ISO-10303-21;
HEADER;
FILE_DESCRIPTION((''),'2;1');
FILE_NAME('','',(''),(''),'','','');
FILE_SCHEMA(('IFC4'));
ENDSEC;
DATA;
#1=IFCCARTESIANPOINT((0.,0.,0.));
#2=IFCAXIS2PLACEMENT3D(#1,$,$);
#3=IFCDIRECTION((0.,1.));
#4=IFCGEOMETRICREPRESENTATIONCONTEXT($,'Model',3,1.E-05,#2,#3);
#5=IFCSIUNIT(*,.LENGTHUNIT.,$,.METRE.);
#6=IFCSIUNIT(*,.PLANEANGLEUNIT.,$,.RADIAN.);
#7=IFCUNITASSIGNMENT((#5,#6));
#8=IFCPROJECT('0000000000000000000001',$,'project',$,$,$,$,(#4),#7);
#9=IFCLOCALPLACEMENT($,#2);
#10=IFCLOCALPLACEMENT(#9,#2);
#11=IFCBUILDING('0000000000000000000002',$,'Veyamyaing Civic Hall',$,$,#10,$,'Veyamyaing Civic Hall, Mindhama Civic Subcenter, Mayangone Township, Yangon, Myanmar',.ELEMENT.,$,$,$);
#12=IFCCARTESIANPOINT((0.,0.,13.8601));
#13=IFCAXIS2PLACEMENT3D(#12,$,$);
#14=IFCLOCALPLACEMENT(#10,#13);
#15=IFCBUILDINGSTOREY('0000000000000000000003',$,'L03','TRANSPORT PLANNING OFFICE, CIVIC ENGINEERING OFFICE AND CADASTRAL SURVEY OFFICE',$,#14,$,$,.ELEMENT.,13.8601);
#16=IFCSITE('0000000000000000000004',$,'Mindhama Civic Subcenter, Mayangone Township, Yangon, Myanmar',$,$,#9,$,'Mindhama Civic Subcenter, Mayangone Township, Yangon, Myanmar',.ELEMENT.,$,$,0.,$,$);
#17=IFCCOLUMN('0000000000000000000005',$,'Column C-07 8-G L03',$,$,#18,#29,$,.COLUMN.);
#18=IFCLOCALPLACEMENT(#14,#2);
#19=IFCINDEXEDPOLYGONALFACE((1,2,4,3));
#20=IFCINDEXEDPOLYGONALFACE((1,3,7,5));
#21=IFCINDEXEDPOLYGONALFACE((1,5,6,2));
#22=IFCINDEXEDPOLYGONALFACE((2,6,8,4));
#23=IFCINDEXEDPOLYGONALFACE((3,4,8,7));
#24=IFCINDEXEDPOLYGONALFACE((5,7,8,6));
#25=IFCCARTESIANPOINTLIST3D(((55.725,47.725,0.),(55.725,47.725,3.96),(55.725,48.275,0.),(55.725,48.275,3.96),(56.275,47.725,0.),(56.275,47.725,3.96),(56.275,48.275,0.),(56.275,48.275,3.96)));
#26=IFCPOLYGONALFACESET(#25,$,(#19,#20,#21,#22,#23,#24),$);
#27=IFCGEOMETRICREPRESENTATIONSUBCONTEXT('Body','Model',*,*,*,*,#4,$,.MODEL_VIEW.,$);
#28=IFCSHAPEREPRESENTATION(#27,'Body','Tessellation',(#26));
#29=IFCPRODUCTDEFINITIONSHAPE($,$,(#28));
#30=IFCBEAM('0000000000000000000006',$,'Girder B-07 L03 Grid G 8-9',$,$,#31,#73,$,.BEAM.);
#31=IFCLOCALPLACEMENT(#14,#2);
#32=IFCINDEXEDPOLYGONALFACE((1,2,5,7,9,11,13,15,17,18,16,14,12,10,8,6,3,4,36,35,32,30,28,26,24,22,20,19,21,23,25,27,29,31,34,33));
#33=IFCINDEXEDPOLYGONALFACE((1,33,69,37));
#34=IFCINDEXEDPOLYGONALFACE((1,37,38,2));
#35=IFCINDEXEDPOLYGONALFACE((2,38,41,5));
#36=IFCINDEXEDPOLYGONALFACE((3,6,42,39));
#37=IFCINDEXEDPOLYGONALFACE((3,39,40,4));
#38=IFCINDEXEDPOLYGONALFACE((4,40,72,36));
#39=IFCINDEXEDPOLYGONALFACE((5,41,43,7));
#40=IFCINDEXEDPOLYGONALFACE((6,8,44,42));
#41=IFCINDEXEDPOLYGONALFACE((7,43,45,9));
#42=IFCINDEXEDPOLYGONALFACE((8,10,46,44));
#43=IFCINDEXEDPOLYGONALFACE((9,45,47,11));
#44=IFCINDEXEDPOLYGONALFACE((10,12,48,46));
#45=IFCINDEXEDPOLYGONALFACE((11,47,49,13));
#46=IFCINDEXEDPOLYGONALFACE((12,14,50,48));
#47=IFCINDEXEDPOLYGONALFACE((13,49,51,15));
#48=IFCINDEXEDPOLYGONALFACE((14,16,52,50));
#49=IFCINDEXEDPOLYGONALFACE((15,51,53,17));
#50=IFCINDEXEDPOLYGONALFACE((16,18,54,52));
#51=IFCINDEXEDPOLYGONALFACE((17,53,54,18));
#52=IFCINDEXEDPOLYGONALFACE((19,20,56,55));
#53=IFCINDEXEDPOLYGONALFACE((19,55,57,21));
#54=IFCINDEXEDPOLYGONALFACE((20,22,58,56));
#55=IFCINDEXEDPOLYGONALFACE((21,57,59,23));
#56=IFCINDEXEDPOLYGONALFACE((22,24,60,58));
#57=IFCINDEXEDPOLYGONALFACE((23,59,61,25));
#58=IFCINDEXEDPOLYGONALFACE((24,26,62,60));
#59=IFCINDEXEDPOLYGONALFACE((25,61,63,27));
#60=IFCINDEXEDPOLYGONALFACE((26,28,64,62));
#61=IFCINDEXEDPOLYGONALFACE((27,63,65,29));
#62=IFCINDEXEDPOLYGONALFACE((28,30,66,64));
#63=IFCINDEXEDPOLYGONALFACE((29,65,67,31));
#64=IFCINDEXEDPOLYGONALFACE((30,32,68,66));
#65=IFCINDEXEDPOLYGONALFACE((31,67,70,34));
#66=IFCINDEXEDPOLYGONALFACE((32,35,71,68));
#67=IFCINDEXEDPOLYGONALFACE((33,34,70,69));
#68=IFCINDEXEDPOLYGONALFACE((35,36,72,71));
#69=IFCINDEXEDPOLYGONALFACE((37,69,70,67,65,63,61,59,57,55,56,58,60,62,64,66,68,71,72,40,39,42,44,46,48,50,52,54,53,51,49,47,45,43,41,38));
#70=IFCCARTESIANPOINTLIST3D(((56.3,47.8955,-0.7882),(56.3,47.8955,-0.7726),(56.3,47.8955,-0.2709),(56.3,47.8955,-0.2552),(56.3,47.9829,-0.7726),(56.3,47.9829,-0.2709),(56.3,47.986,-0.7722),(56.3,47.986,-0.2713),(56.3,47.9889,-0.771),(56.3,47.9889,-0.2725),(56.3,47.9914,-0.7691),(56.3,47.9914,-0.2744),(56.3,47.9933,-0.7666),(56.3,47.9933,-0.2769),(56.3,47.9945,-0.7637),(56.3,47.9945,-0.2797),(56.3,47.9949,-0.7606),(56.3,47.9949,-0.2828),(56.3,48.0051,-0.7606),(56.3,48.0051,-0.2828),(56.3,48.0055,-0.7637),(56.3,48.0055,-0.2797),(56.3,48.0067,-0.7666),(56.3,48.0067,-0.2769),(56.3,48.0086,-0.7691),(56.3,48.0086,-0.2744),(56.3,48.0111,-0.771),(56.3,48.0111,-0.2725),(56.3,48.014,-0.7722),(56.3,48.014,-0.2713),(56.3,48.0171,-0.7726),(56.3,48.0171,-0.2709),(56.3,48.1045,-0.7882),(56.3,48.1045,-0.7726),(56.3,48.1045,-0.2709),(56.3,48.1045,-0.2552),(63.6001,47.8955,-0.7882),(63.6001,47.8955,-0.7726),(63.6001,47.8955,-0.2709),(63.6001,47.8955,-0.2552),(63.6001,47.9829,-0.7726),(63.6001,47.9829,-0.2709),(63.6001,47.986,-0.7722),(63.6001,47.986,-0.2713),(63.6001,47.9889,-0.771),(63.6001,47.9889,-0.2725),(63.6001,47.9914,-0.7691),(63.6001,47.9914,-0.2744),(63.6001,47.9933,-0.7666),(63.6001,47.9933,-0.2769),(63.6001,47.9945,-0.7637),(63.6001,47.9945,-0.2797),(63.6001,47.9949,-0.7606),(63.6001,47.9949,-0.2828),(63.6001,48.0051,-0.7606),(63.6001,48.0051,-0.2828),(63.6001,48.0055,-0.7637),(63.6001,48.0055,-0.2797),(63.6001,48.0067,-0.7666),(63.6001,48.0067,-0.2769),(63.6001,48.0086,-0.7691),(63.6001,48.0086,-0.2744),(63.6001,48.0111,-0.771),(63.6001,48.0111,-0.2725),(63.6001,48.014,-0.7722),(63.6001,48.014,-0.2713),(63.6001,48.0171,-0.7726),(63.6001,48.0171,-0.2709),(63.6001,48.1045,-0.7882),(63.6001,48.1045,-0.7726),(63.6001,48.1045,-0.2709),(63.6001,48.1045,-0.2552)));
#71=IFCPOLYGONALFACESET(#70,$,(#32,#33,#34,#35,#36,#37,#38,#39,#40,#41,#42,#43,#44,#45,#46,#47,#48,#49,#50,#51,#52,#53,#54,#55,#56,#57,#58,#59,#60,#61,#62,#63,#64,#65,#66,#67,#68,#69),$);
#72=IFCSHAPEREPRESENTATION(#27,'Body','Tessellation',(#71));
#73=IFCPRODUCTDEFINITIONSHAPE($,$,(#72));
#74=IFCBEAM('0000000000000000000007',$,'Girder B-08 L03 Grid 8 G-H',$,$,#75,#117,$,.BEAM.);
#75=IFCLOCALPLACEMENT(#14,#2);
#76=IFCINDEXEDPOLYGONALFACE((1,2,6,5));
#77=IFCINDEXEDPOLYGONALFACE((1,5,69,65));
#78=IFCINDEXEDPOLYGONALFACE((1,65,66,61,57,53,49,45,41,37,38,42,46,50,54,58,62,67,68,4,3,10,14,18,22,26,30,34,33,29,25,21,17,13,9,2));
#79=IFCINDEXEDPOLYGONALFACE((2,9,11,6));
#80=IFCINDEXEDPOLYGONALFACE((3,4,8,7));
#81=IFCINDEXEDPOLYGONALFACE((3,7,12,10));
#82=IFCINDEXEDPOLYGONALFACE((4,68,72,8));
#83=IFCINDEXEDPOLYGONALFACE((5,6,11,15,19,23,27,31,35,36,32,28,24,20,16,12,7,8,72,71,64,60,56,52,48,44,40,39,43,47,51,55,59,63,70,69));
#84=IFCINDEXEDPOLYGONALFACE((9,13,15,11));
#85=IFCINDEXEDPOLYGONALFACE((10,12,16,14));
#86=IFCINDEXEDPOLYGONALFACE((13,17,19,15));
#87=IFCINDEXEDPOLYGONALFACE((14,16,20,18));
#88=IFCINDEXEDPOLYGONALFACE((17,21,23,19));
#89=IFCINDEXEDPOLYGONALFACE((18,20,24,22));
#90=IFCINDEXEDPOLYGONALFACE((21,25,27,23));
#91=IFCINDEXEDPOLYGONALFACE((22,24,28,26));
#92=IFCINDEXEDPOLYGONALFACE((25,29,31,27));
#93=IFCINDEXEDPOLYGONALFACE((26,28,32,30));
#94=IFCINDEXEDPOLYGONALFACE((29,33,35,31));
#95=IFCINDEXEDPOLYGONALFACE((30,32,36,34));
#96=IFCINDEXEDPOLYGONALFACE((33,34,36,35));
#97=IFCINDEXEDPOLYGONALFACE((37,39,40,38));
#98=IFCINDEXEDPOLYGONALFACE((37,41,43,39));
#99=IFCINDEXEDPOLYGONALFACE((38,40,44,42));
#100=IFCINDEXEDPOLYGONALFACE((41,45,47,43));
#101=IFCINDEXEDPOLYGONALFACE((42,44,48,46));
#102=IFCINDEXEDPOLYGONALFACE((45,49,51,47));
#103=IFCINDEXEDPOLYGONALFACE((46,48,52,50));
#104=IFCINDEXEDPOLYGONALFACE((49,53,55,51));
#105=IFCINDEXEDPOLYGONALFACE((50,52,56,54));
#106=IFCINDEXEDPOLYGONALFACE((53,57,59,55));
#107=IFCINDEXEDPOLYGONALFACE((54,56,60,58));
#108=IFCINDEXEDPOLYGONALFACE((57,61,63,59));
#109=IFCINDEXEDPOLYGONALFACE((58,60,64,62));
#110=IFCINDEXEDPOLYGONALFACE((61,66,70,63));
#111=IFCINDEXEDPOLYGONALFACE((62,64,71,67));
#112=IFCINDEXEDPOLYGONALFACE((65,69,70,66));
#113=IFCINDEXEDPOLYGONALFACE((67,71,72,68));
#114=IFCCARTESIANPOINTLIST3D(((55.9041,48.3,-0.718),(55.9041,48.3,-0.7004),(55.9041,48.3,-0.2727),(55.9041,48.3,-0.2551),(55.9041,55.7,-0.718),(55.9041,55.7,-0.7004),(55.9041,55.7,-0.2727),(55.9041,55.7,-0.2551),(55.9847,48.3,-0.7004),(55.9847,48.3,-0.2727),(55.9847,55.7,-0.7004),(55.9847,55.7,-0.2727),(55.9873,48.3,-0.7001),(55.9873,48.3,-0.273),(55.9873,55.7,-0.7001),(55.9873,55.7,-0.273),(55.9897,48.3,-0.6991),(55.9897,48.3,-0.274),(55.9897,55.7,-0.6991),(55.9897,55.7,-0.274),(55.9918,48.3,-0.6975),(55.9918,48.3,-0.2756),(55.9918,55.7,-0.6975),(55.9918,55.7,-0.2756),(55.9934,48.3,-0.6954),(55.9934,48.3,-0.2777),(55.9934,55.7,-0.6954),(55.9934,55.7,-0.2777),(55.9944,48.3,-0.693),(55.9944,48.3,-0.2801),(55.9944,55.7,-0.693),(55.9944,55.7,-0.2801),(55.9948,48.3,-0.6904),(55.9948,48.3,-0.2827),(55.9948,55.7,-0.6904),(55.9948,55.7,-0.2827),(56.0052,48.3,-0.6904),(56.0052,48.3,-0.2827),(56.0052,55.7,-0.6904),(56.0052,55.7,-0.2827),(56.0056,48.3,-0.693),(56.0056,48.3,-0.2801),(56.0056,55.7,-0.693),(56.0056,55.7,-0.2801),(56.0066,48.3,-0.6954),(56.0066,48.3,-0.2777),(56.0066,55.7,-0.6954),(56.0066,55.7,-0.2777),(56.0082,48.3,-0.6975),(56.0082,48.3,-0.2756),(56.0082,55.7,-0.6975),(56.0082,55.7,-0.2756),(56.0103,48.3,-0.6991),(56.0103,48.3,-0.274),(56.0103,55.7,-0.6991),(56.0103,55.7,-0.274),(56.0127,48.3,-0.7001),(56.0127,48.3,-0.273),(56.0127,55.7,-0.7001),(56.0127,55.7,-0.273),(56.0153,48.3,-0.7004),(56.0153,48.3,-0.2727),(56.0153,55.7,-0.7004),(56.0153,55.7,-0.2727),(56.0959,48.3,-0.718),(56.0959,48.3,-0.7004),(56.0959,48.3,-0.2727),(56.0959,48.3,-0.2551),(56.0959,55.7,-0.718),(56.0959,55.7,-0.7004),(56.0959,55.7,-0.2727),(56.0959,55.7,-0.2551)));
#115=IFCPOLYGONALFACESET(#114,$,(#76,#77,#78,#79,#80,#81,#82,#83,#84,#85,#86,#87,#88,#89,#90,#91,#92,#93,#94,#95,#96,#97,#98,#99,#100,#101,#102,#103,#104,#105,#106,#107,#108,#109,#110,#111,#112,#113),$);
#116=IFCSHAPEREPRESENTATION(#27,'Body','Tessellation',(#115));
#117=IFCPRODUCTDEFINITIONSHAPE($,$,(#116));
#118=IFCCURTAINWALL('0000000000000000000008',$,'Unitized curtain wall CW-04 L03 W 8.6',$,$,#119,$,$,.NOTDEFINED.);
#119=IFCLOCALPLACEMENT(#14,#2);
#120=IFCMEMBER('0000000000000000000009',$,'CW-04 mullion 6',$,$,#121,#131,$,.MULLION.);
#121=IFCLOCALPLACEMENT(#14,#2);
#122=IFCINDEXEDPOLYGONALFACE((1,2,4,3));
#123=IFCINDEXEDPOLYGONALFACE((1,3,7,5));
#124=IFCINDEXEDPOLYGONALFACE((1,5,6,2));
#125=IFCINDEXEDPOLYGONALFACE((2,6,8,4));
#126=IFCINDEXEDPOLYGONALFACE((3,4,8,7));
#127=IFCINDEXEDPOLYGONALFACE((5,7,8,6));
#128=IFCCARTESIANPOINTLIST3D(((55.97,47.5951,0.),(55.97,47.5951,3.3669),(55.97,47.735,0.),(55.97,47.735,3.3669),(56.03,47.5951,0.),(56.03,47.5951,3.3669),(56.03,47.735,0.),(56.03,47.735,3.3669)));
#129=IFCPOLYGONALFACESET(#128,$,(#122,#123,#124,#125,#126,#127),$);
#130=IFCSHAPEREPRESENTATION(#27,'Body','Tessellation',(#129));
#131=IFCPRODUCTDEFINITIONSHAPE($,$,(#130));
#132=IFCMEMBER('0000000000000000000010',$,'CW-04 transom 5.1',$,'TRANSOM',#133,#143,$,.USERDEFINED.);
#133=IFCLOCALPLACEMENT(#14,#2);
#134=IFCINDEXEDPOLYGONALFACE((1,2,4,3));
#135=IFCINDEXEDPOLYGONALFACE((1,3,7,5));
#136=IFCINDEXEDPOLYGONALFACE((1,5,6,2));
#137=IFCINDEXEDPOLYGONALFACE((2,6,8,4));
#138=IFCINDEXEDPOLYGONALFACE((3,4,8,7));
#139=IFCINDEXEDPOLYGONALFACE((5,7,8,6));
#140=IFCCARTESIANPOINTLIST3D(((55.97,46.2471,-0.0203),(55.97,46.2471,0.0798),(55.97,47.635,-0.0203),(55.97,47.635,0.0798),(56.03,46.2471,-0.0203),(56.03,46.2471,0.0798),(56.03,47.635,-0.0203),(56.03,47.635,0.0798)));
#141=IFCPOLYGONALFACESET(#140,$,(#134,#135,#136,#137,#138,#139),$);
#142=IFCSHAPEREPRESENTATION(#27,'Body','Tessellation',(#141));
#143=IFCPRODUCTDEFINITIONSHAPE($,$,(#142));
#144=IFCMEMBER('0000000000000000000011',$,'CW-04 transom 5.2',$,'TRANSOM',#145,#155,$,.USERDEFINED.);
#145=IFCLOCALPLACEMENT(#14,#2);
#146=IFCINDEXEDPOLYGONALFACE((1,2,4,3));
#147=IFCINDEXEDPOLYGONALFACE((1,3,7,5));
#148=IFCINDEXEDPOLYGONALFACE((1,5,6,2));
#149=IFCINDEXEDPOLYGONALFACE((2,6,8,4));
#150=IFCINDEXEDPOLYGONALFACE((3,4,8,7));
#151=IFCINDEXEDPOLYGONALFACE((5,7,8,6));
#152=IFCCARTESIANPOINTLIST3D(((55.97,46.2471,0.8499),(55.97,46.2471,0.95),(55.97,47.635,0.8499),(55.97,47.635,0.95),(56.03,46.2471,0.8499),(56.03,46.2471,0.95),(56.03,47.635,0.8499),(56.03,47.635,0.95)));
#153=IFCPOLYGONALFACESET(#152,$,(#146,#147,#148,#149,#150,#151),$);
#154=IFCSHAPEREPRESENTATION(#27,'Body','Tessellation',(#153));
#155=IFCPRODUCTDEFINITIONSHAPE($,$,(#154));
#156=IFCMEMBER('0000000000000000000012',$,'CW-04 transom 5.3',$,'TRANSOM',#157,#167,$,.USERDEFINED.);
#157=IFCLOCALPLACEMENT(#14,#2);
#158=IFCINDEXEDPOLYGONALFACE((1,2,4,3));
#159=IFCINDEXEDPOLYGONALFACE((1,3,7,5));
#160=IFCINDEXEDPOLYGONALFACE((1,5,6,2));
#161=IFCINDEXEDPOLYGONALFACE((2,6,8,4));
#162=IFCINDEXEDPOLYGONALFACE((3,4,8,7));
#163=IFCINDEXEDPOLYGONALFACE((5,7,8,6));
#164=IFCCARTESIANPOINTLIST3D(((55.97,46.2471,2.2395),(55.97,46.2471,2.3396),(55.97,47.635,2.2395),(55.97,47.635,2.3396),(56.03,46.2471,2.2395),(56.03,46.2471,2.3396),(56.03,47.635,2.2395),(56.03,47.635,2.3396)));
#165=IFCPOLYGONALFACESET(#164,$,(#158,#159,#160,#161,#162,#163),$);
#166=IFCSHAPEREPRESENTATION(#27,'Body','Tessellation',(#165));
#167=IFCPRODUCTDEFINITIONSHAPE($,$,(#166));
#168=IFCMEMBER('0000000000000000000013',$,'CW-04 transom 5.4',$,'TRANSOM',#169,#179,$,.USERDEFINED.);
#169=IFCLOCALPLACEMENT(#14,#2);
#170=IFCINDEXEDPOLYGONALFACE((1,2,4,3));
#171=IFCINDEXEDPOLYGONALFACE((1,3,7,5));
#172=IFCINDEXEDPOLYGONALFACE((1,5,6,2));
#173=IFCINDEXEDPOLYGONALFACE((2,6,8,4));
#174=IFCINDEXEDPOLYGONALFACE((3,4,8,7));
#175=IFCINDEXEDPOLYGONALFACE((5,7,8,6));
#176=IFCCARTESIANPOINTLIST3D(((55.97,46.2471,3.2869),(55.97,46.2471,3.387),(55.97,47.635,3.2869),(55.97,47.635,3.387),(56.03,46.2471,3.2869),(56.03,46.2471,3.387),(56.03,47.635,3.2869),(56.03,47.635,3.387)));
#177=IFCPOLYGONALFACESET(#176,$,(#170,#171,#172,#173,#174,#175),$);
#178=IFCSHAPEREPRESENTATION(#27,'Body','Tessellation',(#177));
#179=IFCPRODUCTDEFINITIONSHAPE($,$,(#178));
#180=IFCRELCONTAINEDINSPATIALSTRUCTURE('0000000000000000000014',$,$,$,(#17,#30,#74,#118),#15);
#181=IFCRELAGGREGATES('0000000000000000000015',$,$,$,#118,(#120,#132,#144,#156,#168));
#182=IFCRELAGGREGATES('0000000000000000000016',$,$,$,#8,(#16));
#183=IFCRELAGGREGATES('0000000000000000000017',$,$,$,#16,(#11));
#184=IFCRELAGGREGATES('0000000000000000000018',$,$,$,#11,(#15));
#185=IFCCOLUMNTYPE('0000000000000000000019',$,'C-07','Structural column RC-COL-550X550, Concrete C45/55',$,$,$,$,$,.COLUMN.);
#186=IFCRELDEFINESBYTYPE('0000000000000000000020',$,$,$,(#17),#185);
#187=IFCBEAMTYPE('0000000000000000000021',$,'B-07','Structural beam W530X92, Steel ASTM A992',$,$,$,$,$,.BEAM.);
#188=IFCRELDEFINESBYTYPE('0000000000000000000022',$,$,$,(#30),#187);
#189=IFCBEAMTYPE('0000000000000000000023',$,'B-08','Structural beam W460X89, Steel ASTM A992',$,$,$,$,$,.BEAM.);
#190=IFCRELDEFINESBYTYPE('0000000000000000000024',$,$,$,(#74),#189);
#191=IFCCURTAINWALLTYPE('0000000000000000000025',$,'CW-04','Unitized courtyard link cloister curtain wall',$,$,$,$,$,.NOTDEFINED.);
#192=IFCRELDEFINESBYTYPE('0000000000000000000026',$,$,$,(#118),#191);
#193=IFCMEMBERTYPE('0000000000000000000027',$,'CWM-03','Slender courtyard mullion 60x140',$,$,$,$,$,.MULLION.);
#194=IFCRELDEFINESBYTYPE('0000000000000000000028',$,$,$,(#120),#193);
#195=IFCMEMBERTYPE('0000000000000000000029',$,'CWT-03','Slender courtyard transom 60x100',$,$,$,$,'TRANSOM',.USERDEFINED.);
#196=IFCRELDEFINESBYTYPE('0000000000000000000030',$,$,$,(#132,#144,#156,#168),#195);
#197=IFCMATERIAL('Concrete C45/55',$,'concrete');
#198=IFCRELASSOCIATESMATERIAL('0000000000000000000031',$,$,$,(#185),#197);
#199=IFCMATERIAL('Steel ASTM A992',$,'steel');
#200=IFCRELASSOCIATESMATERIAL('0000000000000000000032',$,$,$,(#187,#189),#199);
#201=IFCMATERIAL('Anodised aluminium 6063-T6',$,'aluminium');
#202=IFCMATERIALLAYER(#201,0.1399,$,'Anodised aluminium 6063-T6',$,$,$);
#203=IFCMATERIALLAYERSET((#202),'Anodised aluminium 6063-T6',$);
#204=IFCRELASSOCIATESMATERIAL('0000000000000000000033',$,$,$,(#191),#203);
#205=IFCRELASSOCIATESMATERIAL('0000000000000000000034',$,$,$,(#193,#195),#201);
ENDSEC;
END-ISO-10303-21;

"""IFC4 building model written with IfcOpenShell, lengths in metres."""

from ifc_helpers import new_model, si_unit, direction, frame, origin, origin_2d, place, context, subcontext, project, spatial, rectangle, i_section, extrude, material, layer, layer_set, material_profile, profile_set, type_object, element, aggregate, save


model = new_model("IFC4")

# Units and contexts
model_context = context("Model", 3, precision=1e-05, world=origin(), true_north=direction((0.0, 1.0)))
body_context = subcontext(model_context, "Body", "Model", "MODEL_VIEW")
ifc_project = project(units=[si_unit("LENGTHUNIT", "METRE"), si_unit("PLANEANGLEUNIT", "RADIAN")], contexts=[model_context])

# Site, building, storey
site_placement = place(None, origin())
site = spatial("IfcSite", under=ifc_project, at=site_placement, Name="Mindhama Civic Subcenter, Mayangone Township, Yangon, Myanmar", LongName="Mindhama Civic Subcenter, Mayangone Township, Yangon, Myanmar", CompositionType="ELEMENT", RefElevation=0.0)
building_placement = place(site_placement, origin())
building = spatial("IfcBuilding", under=site, at=building_placement, Name="Veyamyaing Civic Hall", LongName="Veyamyaing Civic Hall, Mindhama Civic Subcenter, Mayangone Township, Yangon, Myanmar", CompositionType="ELEMENT")
storey_placement = place(building_placement, frame((0.0, 0.0, 13.8601)))
storey = spatial("IfcBuildingStorey", under=building, at=storey_placement, Name="L03", Description="TRANSPORT PLANNING OFFICE, CIVIC ENGINEERING OFFICE AND CADASTRAL SURVEY OFFICE", CompositionType="ELEMENT", Elevation=13.8601)

# Column
ifc_material_1 = material(Name="Concrete C45/55", Category="concrete")
ifc_material_profile_1 = material_profile(ifc_material_1, rectangle(XDim=0.55, YDim=0.55, at=origin_2d()), Name="RC-COL-550X550")
ifc_profile_set_1 = profile_set([ifc_material_profile_1], Name="Concrete C45/55")
column_type = type_object("IfcColumnType", Name="C-07", Description="Structural column RC-COL-550X550, Concrete C45/55", PredefinedType="COLUMN", material=ifc_profile_set_1)
column_placement = place(storey_placement, frame((56.0, 48.0, 0.0), z_axis=(0.0, 0.0, 1.0), x_axis=(1.0, 0.0, 0.0)))
element("IfcColumn", 1, at=column_placement, inside=storey, type_object=column_type, Name="Column C-07 8-G L03", PredefinedType="COLUMN", context=body_context, shape_type="SweptSolid", body=[
    extrude(rectangle(XDim=0.55, YDim=0.55, at=origin_2d()), origin(), (0.0, 0.0, 1.0), 3.96),
])

# Beams
ifc_material_2 = material(Name="Steel ASTM A992", Category="steel")
ifc_material_profile_2 = material_profile(ifc_material_2, i_section(OverallWidth=0.209, OverallDepth=0.533, WebThickness=0.0103, FlangeThickness=0.0156, FilletRadius=0.012, at=origin_2d()), Name="W530X92")
ifc_profile_set_2 = profile_set([ifc_material_profile_2], Name="Steel ASTM A992")
beam_type_1 = type_object("IfcBeamType", Name="B-07", Description="Structural beam W530X92, Steel ASTM A992", PredefinedType="BEAM", material=ifc_profile_set_2)
beam_1_placement = place(storey_placement, frame((56.3, 48.0, -0.5217), z_axis=(1.0, 0.0, 0.0), x_axis=(0.0, 1.0, 0.0)))
element("IfcBeam", 2, at=beam_1_placement, inside=storey, type_object=beam_type_1, Name="Girder B-07 L03 Grid G 8-9", PredefinedType="BEAM", context=body_context, shape_type="SweptSolid", body=[
    extrude(i_section(OverallWidth=0.209, OverallDepth=0.533, WebThickness=0.0103, FlangeThickness=0.0156, FilletRadius=0.012, at=origin_2d()), origin(), (0.0, 0.0, 1.0), 7.3),
])
ifc_material_profile_3 = material_profile(ifc_material_2, i_section(OverallWidth=0.1919, OverallDepth=0.4629, WebThickness=0.0105, FlangeThickness=0.0176, FilletRadius=0.01, at=origin_2d()), Name="W460X89")
ifc_profile_set_3 = profile_set([ifc_material_profile_3], Name="Steel ASTM A992")
beam_type_2 = type_object("IfcBeamType", Name="B-08", Description="Structural beam W460X89, Steel ASTM A992", PredefinedType="BEAM", material=ifc_profile_set_3)
beam_2_placement = place(storey_placement, frame((56.0, 48.3, -0.4866), z_axis=(0.0, 1.0, 0.0), x_axis=(-1.0, 0.0, 0.0)))
element("IfcBeam", 3, at=beam_2_placement, inside=storey, type_object=beam_type_2, Name="Girder B-08 L03 Grid 8 G-H", PredefinedType="BEAM", context=body_context, shape_type="SweptSolid", body=[
    extrude(i_section(OverallWidth=0.1919, OverallDepth=0.4629, WebThickness=0.0105, FlangeThickness=0.0176, FilletRadius=0.01, at=origin_2d()), origin(), (0.0, 0.0, 1.0), 7.3999),
])

# Curtain wall, members
ifc_material_3 = material(Name="Anodised aluminium 6063-T6", Category="aluminium")
ifc_layer_1 = layer(ifc_material_3, 0.1399, Name="Anodised aluminium 6063-T6")
ifc_layer_set_1 = layer_set([ifc_layer_1], Name="Anodised aluminium 6063-T6")
curtain_wall_type = type_object("IfcCurtainWallType", Name="CW-04", Description="Unitized courtyard link cloister curtain wall", PredefinedType="NOTDEFINED", material=ifc_layer_set_1)
curtain_wall_placement = place(storey_placement, origin())
curtain_wall = element("IfcCurtainWall", 4, at=curtain_wall_placement, inside=storey, type_object=curtain_wall_type, Name="Unitized curtain wall CW-04 L03 W 8.6", PredefinedType="NOTDEFINED")
ifc_material_profile_4 = material_profile(ifc_material_3, rectangle(XDim=0.0601, YDim=0.1399, at=origin_2d()), Name="ALU-MUL-60X140")
ifc_profile_set_4 = profile_set([ifc_material_profile_4], Name="Anodised aluminium 6063-T6")
member_type_1 = type_object("IfcMemberType", Name="CWM-03", Description="Slender courtyard mullion 60x140", PredefinedType="MULLION", material=ifc_profile_set_4)
member_1_placement = place(storey_placement, frame((56.0, 47.665, 0.0), z_axis=(0.0, 0.0, 1.0), x_axis=(-1.0, 0.0, 0.0)))
member_1 = element("IfcMember", 5, at=member_1_placement, type_object=member_type_1, Name="CW-04 mullion 6", PredefinedType="MULLION", context=body_context, shape_type="SweptSolid", body=[
    extrude(rectangle(XDim=0.0601, YDim=0.1399, at=origin_2d()), origin(), (0.0, 0.0, 1.0), 3.3669),
])
ifc_material_profile_5 = material_profile(ifc_material_3, rectangle(XDim=0.0601, YDim=0.1001, at=origin_2d()), Name="ALU-TRN-60X100")
ifc_profile_set_5 = profile_set([ifc_material_profile_5], Name="Anodised aluminium 6063-T6")
member_type_2 = type_object("IfcMemberType", Name="CWT-03", Description="Slender courtyard transom 60x100", ElementType="TRANSOM", PredefinedType="USERDEFINED", material=ifc_profile_set_5)
member_2_placement = place(storey_placement, frame((56.0, 46.2471, 0.0298), z_axis=(0.0, 1.0, 0.0), x_axis=(-1.0, 0.0, 0.0)))
member_2 = element("IfcMember", 6, at=member_2_placement, type_object=member_type_2, Name="CW-04 transom 5.1", ObjectType="TRANSOM", PredefinedType="USERDEFINED", context=body_context, shape_type="SweptSolid", body=[
    extrude(rectangle(XDim=0.0601, YDim=0.1001, at=origin_2d()), origin(), (0.0, 0.0, 1.0), 1.3879),
])
member_3_placement = place(storey_placement, frame((56.0, 46.2471, 0.8999), z_axis=(0.0, 1.0, 0.0), x_axis=(-1.0, 0.0, 0.0)))
member_3 = element("IfcMember", 7, at=member_3_placement, type_object=member_type_2, Name="CW-04 transom 5.2", ObjectType="TRANSOM", PredefinedType="USERDEFINED", context=body_context, shape_type="SweptSolid", body=[
    extrude(rectangle(XDim=0.0601, YDim=0.1001, at=origin_2d()), origin(), (0.0, 0.0, 1.0), 1.3879),
])
member_4_placement = place(storey_placement, frame((56.0, 46.2471, 2.2896), z_axis=(0.0, 1.0, 0.0), x_axis=(-1.0, 0.0, 0.0)))
member_4 = element("IfcMember", 8, at=member_4_placement, type_object=member_type_2, Name="CW-04 transom 5.3", ObjectType="TRANSOM", PredefinedType="USERDEFINED", context=body_context, shape_type="SweptSolid", body=[
    extrude(rectangle(XDim=0.0601, YDim=0.1001, at=origin_2d()), origin(), (0.0, 0.0, 1.0), 1.3879),
])
member_5_placement = place(storey_placement, frame((56.0, 46.2471, 3.3369), z_axis=(0.0, 1.0, 0.0), x_axis=(-1.0, 0.0, 0.0)))
member_5 = element("IfcMember", 9, at=member_5_placement, type_object=member_type_2, Name="CW-04 transom 5.4", ObjectType="TRANSOM", PredefinedType="USERDEFINED", context=body_context, shape_type="SweptSolid", body=[
    extrude(rectangle(XDim=0.0601, YDim=0.1001, at=origin_2d()), origin(), (0.0, 0.0, 1.0), 1.3879),
])

aggregate(curtain_wall, [member_1, member_2, member_3, member_4, member_5])

save(model, "model.ifc")
